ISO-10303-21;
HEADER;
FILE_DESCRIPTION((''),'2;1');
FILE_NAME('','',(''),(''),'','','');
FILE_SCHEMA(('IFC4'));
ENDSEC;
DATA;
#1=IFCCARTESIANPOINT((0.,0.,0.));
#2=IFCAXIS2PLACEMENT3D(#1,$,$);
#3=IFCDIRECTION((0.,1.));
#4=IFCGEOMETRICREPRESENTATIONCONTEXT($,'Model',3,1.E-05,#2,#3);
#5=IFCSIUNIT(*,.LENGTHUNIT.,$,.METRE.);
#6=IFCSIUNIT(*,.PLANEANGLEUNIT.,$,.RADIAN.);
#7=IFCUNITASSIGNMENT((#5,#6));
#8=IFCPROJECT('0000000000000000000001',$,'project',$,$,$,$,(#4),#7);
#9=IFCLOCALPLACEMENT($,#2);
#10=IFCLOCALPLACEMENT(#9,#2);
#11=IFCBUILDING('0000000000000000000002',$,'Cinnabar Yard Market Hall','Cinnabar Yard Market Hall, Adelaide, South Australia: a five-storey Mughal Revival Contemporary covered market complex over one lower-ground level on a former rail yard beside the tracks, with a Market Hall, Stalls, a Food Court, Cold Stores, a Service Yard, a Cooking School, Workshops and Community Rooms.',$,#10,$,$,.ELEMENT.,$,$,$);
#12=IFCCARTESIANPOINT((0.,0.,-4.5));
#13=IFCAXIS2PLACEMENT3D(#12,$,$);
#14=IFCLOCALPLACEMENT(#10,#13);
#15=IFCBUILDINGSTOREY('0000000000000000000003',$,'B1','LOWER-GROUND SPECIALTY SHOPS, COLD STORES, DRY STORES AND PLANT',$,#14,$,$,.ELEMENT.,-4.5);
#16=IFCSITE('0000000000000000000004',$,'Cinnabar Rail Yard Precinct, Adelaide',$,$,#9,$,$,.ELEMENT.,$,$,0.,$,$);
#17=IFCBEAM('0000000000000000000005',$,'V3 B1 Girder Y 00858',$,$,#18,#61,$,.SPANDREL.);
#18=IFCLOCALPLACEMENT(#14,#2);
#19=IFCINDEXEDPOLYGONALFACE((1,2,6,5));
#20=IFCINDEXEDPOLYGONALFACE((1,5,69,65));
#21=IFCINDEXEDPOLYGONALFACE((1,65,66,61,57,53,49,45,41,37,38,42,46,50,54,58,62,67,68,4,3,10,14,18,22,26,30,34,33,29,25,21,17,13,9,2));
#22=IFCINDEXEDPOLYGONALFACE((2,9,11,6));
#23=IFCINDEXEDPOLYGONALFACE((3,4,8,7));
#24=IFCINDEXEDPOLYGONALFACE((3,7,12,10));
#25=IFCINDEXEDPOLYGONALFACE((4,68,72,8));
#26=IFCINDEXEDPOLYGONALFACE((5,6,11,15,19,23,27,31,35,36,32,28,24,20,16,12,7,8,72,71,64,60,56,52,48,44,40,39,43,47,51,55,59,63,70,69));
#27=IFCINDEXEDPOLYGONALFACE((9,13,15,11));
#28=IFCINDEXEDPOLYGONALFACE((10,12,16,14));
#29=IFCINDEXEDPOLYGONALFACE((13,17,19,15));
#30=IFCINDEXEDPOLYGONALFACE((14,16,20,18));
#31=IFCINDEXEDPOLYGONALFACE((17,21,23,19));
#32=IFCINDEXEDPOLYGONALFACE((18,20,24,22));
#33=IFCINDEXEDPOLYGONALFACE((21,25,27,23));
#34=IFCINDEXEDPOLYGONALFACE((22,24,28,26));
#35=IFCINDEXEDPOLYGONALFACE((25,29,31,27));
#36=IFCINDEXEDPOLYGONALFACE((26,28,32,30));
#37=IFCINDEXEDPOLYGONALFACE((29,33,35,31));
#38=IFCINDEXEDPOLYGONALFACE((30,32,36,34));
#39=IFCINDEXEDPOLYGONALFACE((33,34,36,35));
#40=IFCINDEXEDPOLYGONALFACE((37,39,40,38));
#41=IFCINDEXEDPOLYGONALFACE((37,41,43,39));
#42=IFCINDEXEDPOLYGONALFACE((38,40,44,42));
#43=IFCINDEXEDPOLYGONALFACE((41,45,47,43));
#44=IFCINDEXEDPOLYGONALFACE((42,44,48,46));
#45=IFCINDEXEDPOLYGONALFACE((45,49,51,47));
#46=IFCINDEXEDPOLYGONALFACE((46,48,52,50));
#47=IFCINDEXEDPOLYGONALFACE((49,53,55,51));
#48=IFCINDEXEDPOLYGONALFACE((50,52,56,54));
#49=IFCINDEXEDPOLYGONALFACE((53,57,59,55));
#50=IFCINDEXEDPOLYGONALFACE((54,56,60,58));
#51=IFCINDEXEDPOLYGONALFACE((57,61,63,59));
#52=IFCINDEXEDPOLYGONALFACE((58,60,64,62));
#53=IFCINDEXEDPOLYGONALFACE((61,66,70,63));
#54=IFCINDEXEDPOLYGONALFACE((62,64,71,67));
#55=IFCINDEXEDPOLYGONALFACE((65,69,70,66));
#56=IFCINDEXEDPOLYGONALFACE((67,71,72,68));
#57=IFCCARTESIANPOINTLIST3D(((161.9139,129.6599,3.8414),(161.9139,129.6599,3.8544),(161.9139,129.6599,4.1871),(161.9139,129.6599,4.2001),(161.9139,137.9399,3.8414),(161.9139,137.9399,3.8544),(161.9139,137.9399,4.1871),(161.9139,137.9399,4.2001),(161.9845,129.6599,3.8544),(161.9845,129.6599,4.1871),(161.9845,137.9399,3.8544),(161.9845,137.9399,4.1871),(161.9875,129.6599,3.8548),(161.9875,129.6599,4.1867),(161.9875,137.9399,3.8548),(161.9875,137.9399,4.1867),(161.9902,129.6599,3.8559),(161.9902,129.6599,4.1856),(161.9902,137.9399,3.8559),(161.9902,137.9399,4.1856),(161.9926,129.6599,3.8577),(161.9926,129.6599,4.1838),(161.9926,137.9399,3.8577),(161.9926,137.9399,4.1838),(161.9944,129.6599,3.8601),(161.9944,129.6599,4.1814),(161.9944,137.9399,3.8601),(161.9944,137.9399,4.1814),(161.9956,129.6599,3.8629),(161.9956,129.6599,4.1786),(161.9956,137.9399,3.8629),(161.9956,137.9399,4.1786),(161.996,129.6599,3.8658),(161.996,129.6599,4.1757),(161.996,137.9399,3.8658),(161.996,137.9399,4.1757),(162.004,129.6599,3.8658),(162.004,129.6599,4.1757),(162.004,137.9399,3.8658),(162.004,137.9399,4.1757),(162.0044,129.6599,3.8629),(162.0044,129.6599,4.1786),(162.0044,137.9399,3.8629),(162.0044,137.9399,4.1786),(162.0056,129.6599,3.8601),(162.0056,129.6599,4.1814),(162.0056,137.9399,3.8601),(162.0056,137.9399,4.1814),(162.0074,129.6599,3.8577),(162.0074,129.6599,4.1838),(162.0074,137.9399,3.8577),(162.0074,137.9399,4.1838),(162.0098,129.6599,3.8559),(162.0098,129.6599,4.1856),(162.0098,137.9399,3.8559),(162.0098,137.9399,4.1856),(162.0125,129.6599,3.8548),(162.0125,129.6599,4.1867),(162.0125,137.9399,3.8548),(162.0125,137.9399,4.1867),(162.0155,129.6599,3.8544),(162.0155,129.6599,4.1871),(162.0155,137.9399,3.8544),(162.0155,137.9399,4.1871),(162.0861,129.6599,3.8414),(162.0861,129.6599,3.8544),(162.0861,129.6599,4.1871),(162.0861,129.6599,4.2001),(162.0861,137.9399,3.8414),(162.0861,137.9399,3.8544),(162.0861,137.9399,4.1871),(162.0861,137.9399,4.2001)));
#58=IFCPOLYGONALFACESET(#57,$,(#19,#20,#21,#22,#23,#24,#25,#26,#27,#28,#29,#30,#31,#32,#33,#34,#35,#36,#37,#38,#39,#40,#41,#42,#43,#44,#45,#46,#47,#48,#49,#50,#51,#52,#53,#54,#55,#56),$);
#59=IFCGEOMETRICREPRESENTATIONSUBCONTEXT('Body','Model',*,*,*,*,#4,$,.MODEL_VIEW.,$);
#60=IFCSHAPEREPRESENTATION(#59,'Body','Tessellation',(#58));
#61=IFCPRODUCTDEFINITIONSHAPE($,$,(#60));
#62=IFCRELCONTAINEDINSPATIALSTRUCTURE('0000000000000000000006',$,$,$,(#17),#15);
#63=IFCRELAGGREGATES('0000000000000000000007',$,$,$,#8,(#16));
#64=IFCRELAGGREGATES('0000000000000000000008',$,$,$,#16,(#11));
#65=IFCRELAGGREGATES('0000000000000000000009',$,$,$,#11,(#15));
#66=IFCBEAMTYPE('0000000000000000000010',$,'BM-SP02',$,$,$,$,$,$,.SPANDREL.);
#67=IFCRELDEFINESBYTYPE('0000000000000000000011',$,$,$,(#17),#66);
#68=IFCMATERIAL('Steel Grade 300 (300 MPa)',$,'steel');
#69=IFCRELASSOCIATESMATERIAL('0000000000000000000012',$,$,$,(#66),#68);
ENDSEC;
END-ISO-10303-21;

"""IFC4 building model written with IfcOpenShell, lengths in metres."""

from ifc_helpers import new_model, si_unit, direction, frame, origin, origin_2d_with_axis, place, context, subcontext, project, spatial, i_section, extrude, material, material_profile, profile_set, type_object, element, save


model = new_model("IFC4")

# Units and contexts
model_context = context("Model", 3, precision=1e-05, world=origin(), true_north=direction((0.0, 1.0)))
body_context = subcontext(model_context, "Body", "Model", "MODEL_VIEW")
ifc_project = project(units=[si_unit("LENGTHUNIT", "METRE"), si_unit("PLANEANGLEUNIT", "RADIAN")], contexts=[model_context])

# Site, building, storey
site_placement = place(None, origin())
site = spatial("IfcSite", under=ifc_project, at=site_placement, Name="Cinnabar Rail Yard Precinct, Adelaide", CompositionType="ELEMENT", RefElevation=0.0)
building_placement = place(site_placement, origin())
building = spatial("IfcBuilding", under=site, at=building_placement, Name="Cinnabar Yard Market Hall", Description="Cinnabar Yard Market Hall, Adelaide, South Australia: a five-storey Mughal Revival Contemporary covered market complex over one lower-ground level on a former rail yard beside the tracks, with a Market Hall, Stalls, a Food Court, Cold Stores, a Service Yard, a Cooking School, Workshops and Community Rooms.", CompositionType="ELEMENT")
storey_placement = place(building_placement, frame((0.0, 0.0, -4.5)))
storey = spatial("IfcBuildingStorey", under=building, at=storey_placement, Name="B1", Description="LOWER-GROUND SPECIALTY SHOPS, COLD STORES, DRY STORES AND PLANT", CompositionType="ELEMENT", Elevation=-4.5)

# Shared definitions
ifc_material_1 = material(Name="Steel Grade 300 (300 MPa)", Category="steel")

# Beam
ifc_material_profile_1 = material_profile(ifc_material_1, i_section(OverallWidth=0.1721, OverallDepth=0.3586, WebThickness=0.0081, FlangeThickness=0.0129, FilletRadius=0.0115, at=origin_2d_with_axis()), Name="360UB56.7")
ifc_profile_set_1 = profile_set([ifc_material_profile_1], Name="Steel Grade 300 (300 MPa)")
beam_type_1 = type_object("IfcBeamType", Name="BM-SP02", PredefinedType="SPANDREL", material=ifc_profile_set_1)
beam_1_placement = place(storey_placement, frame((162.0, 129.6599, 4.0208), z_axis=(0.0, 1.0, 0.0), x_axis=(-1.0, 0.0, 0.0)))
element("IfcBeam", 1, at=beam_1_placement, inside=storey, type_object=beam_type_1, Name="V3 B1 Girder Y 00858", PredefinedType="SPANDREL", context=body_context, shape_type="SweptSolid", body=[
    extrude(i_section(OverallWidth=0.1721, OverallDepth=0.3586, WebThickness=0.0081, FlangeThickness=0.0129, FilletRadius=0.0115, at=origin_2d_with_axis()), origin(), (0.0, 0.0, 1.0), 8.28),
])

save(model, "model.ifc")
